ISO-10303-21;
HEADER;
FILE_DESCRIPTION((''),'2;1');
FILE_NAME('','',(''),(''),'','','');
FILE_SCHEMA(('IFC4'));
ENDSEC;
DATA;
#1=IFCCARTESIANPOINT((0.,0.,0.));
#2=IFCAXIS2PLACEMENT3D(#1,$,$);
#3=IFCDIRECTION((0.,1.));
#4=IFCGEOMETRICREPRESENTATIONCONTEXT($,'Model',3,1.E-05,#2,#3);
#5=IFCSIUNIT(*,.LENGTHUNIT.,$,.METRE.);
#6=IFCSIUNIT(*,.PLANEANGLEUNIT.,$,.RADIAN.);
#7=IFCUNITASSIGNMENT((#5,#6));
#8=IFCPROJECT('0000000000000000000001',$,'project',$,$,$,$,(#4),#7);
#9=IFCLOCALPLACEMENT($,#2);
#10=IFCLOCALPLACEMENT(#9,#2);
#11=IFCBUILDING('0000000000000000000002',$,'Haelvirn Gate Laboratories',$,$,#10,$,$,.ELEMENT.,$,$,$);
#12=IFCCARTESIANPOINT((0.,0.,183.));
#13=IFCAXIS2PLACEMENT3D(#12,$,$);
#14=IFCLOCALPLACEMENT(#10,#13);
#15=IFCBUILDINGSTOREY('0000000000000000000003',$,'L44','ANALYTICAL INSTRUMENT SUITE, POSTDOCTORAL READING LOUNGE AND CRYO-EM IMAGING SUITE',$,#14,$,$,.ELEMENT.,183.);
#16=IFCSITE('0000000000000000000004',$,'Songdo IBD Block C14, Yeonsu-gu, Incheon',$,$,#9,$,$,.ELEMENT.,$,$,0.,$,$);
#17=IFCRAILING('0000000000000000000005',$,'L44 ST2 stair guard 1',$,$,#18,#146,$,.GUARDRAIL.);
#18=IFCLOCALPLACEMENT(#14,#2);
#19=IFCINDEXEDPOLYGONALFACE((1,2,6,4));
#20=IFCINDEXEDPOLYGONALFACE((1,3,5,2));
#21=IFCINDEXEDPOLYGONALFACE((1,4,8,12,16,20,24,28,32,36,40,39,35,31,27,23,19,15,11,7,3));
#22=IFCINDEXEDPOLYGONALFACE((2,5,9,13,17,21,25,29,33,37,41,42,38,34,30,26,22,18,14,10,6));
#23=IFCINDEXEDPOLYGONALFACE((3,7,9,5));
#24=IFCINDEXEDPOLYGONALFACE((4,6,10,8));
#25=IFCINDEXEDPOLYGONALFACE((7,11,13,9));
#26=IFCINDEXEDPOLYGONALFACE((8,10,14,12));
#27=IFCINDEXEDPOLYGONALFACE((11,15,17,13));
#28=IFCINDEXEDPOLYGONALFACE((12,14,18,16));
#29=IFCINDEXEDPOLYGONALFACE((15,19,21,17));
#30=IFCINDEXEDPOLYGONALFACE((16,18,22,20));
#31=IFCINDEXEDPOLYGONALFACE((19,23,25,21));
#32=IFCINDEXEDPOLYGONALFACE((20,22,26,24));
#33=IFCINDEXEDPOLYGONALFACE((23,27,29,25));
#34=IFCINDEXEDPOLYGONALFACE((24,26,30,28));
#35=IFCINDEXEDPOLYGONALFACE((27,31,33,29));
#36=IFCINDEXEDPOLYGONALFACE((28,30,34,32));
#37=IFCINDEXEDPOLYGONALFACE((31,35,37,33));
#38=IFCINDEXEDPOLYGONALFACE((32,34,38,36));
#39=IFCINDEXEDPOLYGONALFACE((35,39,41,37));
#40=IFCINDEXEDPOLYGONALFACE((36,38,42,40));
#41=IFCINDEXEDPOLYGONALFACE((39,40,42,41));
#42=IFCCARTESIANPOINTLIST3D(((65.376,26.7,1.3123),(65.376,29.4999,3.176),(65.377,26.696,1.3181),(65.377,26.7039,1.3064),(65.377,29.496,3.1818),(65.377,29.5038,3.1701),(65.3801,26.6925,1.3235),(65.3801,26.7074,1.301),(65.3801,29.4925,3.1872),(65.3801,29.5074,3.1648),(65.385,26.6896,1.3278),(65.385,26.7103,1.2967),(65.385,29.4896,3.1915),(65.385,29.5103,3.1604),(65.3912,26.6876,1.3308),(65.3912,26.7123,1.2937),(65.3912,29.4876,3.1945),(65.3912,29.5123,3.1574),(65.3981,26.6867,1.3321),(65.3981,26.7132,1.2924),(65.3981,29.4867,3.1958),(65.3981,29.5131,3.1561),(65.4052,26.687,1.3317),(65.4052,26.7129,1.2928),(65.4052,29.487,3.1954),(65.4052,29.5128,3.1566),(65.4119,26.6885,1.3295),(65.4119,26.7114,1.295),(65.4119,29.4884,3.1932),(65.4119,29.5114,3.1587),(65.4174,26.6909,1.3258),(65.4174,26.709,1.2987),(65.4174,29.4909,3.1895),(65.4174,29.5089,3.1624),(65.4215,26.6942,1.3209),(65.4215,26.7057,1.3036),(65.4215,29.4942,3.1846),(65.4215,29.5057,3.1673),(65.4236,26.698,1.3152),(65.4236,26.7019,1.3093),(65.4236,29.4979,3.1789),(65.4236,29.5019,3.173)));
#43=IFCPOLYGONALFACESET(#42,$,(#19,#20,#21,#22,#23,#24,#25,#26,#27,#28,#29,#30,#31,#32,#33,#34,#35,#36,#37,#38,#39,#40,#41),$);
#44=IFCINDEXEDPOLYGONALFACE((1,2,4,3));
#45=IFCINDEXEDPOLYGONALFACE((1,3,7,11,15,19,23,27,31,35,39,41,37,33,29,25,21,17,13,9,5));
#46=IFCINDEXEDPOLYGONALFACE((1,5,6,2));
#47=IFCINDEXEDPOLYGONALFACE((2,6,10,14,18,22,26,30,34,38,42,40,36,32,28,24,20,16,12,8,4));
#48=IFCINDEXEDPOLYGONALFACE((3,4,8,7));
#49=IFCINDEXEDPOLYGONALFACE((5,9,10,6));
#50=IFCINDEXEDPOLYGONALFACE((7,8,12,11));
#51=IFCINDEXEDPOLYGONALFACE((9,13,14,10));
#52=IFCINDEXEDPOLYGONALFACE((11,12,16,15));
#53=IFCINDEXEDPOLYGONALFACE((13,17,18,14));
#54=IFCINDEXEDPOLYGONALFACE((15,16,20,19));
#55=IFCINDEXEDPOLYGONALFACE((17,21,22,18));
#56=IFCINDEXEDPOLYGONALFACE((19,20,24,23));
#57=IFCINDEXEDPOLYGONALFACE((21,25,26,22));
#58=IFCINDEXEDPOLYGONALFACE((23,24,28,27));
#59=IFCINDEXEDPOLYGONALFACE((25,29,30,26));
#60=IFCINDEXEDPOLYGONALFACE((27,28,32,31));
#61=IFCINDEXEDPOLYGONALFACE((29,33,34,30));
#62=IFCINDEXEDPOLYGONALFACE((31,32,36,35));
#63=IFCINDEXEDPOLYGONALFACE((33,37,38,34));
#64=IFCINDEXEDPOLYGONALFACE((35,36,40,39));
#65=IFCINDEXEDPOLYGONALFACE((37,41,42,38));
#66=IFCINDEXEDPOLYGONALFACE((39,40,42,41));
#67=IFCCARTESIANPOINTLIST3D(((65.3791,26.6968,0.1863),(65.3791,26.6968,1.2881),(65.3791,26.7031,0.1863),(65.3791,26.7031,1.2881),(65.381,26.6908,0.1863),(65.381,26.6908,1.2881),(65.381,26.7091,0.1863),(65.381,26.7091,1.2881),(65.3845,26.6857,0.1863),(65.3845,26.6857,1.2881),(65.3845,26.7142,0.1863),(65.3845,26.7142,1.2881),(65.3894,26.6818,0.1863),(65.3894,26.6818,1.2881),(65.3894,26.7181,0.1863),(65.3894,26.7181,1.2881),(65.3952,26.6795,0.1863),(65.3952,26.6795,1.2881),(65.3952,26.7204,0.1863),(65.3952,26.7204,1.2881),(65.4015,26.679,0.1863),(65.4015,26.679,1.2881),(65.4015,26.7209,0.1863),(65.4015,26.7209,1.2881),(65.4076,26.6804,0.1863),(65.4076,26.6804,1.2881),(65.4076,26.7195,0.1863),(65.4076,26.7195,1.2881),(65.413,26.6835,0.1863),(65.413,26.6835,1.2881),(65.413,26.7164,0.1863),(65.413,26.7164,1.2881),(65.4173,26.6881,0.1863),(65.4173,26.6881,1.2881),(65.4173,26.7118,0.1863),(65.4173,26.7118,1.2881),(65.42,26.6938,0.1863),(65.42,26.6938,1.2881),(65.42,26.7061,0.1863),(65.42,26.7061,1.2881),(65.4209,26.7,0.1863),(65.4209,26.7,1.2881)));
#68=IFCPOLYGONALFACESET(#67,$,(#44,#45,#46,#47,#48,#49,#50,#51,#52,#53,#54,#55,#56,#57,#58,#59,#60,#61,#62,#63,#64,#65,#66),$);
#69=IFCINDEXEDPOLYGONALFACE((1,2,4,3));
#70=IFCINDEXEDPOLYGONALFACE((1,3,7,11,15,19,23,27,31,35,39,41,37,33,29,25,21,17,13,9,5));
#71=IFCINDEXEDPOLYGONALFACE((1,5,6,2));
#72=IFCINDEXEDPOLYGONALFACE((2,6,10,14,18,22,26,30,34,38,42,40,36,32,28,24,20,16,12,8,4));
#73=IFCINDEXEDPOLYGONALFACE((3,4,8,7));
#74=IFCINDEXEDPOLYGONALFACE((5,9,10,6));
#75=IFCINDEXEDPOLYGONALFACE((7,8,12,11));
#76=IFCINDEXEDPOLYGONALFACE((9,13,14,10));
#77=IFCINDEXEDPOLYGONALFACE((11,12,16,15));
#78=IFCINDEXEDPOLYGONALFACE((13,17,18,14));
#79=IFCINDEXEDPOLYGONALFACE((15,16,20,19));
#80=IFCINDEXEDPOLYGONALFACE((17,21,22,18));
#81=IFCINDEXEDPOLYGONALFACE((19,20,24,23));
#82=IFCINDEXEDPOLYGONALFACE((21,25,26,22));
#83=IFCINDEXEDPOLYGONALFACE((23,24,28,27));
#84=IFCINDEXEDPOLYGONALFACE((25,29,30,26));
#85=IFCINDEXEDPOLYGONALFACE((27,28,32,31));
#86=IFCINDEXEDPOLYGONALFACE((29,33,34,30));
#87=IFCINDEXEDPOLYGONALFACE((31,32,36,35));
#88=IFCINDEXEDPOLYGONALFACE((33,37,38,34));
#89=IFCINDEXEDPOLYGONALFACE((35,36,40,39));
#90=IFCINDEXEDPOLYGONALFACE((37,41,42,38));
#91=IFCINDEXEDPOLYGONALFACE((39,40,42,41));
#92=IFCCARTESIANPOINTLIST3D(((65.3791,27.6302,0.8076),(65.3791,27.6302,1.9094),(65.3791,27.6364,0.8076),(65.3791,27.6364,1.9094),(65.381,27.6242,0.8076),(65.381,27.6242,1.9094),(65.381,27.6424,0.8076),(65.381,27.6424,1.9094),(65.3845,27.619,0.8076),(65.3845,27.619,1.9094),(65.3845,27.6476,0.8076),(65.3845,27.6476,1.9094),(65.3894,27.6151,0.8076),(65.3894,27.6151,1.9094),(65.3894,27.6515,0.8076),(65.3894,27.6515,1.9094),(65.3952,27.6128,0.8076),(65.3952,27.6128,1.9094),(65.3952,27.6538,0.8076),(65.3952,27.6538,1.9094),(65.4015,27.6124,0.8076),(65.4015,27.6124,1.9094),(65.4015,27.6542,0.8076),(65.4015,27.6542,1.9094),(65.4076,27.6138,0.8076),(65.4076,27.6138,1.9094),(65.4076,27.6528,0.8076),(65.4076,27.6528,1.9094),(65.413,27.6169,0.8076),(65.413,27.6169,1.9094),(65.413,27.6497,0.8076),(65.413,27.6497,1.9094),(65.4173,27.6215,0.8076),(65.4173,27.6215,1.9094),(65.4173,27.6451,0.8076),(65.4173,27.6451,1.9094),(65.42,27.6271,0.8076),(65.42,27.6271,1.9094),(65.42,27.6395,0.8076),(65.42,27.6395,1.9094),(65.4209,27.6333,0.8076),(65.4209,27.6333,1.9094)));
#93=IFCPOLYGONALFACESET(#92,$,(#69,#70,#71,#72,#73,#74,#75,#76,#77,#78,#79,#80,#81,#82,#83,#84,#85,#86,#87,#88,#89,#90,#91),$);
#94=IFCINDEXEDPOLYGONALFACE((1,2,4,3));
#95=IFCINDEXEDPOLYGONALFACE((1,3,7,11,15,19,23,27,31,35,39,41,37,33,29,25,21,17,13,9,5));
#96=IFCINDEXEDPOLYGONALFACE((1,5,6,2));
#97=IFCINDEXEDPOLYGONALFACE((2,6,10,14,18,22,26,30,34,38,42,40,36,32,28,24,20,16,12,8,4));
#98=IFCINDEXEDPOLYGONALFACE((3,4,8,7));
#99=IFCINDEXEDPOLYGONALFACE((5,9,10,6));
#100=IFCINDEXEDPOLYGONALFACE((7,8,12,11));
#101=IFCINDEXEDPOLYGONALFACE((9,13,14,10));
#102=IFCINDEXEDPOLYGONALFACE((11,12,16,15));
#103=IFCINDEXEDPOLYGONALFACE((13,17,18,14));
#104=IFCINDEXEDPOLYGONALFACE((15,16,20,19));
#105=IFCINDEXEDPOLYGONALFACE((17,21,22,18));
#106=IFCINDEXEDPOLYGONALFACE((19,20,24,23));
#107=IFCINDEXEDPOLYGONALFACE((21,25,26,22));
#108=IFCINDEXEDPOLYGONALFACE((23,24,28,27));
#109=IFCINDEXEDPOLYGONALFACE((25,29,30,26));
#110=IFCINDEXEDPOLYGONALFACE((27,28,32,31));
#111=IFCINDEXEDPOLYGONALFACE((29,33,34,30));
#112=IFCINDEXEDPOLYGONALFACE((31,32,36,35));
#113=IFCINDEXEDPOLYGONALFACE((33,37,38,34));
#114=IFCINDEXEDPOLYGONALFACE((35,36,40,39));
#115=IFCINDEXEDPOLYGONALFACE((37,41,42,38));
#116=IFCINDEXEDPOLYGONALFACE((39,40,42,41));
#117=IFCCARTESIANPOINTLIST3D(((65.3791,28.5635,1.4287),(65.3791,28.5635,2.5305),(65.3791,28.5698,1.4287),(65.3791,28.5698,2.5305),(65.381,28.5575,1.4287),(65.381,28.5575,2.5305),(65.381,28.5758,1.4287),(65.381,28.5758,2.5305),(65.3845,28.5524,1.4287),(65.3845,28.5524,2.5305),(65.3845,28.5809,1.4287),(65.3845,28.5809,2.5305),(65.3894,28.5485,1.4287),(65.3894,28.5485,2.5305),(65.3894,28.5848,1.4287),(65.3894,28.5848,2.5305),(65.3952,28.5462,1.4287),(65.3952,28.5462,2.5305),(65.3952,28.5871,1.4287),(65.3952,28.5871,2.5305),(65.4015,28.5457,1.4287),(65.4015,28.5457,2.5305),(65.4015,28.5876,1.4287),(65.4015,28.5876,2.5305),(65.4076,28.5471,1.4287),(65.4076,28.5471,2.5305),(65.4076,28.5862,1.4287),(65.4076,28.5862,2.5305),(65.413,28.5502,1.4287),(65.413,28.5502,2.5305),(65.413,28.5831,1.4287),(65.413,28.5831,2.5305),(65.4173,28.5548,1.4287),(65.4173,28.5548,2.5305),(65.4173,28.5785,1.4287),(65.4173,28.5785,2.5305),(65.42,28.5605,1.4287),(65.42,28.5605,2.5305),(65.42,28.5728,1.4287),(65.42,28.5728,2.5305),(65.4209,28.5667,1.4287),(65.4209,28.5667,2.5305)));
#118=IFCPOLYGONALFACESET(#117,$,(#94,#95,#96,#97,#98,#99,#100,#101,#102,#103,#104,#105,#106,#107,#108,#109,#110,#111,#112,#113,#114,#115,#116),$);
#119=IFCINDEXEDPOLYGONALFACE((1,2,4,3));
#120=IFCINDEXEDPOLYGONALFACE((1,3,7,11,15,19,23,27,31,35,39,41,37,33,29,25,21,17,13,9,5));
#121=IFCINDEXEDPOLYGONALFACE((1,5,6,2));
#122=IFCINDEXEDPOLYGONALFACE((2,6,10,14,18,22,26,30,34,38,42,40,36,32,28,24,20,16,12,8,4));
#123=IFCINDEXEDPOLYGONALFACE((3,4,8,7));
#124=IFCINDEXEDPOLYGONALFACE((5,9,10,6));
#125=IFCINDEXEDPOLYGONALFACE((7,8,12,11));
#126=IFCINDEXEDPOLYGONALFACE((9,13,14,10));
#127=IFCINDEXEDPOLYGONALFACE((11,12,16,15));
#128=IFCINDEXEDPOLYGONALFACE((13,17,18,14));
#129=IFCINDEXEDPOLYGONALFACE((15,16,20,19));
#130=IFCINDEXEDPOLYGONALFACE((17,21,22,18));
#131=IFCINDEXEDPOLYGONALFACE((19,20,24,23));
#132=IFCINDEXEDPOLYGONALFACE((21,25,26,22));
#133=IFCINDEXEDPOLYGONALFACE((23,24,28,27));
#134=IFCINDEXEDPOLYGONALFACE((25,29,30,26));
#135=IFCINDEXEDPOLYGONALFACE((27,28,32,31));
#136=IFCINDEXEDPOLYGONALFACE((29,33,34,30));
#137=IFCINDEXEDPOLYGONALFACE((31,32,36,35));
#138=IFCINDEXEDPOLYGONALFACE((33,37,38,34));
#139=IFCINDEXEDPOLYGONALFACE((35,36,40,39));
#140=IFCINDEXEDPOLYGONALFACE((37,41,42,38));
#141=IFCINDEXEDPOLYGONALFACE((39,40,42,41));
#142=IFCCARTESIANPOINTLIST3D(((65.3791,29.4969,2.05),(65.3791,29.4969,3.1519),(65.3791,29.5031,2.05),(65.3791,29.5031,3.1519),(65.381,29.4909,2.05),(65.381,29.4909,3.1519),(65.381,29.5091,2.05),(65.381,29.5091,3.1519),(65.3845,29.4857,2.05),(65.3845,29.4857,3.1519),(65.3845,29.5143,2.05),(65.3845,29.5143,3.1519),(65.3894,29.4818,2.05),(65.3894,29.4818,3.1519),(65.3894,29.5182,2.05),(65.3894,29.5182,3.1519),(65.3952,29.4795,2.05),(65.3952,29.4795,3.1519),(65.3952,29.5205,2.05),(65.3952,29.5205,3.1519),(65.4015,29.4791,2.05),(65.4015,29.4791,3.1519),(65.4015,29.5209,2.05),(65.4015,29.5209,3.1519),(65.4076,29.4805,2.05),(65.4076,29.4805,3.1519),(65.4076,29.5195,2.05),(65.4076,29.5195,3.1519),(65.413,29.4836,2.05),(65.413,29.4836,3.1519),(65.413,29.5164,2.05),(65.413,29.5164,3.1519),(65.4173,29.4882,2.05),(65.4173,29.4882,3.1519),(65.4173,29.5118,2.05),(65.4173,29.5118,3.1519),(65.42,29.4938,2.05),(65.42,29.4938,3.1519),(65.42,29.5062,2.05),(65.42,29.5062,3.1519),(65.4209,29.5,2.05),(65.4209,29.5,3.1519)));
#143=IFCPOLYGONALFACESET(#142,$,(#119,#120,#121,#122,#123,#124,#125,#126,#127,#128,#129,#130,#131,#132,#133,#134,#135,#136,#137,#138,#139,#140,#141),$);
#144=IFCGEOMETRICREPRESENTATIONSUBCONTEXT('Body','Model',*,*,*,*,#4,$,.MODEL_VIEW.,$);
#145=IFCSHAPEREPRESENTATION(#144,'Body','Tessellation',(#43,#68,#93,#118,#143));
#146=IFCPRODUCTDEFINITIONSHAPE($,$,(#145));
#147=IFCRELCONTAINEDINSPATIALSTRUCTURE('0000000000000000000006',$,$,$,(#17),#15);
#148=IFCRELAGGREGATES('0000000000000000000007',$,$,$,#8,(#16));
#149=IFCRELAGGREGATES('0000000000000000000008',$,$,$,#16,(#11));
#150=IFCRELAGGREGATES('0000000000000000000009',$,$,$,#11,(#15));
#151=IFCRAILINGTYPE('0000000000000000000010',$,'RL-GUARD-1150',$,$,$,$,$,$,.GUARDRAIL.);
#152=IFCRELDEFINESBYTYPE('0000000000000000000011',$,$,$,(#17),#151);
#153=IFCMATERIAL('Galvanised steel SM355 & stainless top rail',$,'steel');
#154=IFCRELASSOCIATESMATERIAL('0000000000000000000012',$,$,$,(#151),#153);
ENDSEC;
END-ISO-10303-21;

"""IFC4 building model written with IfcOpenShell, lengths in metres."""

from ifc_helpers import new_model, si_unit, direction, frame, origin, origin_2d, place, context, subcontext, project, spatial, circle, extrude, source, transform, mapped, material, type_object, element, save


model = new_model("IFC4")

# Units and contexts
model_context = context("Model", 3, precision=1e-05, world=origin(), true_north=direction((0.0, 1.0)))
body_context = subcontext(model_context, "Body", "Model", "MODEL_VIEW")
ifc_project = project(units=[si_unit("LENGTHUNIT", "METRE"), si_unit("PLANEANGLEUNIT", "RADIAN")], contexts=[model_context])

# Site, building, storey
site_placement = place(None, origin())
site = spatial("IfcSite", under=ifc_project, at=site_placement, Name="Songdo IBD Block C14, Yeonsu-gu, Incheon", CompositionType="ELEMENT", RefElevation=0.0)
building_placement = place(site_placement, origin())
building = spatial("IfcBuilding", under=site, at=building_placement, Name="Haelvirn Gate Laboratories", CompositionType="ELEMENT")
storey_placement = place(building_placement, frame((0.0, 0.0, 183.0)))
storey = spatial("IfcBuildingStorey", under=building, at=storey_placement, Name="L44", Description="ANALYTICAL INSTRUMENT SUITE, POSTDOCTORAL READING LOUNGE AND CRYO-EM IMAGING SUITE", CompositionType="ELEMENT", Elevation=183.0)

# Railing
ifc_material_1 = material(Name="Galvanised steel SM355 & stainless top rail", Category="steel")
railing_type_1 = type_object("IfcRailingType", Name="RL-GUARD-1150", PredefinedType="GUARDRAIL", material=ifc_material_1)
shared_shape_1 = source(origin(), body_context, "Body", "SweptSolid", [
    extrude(circle(Radius=0.0239, at=origin_2d()), frame((0.0, 0.0, 1.126), z_axis=(0.0, 0.832452, 0.554097), x_axis=(-1.0, 0.0, 0.0)), (0.0, 0.0, 1.0), 3.3635),
    extrude(circle(Radius=0.021, at=origin_2d()), origin(), (0.0, 0.0, 1.0), 1.1018),
    extrude(circle(Radius=0.021, at=origin_2d()), frame((0.0, 0.9333, 0.6213)), (0.0, 0.0, 1.0), 1.1018),
    extrude(circle(Radius=0.021, at=origin_2d()), frame((0.0, 1.8667, 1.2424)), (0.0, 0.0, 1.0), 1.1018),
    extrude(circle(Radius=0.021, at=origin_2d()), frame((0.0, 2.8, 1.8638)), (0.0, 0.0, 1.0), 1.1018),
])
railing_1_placement = place(storey_placement, frame((65.3999, 26.7, 0.1863)))
element("IfcRailing", 1, at=railing_1_placement, inside=storey, type_object=railing_type_1, Name="L44 ST2 stair guard 1", PredefinedType="GUARDRAIL", context=body_context, shape_type="MappedRepresentation", body=[
    mapped(shared_shape_1, transform((0.0, 0.0, 0.0), scale=1.0)),
])

save(model, "model.ifc")
